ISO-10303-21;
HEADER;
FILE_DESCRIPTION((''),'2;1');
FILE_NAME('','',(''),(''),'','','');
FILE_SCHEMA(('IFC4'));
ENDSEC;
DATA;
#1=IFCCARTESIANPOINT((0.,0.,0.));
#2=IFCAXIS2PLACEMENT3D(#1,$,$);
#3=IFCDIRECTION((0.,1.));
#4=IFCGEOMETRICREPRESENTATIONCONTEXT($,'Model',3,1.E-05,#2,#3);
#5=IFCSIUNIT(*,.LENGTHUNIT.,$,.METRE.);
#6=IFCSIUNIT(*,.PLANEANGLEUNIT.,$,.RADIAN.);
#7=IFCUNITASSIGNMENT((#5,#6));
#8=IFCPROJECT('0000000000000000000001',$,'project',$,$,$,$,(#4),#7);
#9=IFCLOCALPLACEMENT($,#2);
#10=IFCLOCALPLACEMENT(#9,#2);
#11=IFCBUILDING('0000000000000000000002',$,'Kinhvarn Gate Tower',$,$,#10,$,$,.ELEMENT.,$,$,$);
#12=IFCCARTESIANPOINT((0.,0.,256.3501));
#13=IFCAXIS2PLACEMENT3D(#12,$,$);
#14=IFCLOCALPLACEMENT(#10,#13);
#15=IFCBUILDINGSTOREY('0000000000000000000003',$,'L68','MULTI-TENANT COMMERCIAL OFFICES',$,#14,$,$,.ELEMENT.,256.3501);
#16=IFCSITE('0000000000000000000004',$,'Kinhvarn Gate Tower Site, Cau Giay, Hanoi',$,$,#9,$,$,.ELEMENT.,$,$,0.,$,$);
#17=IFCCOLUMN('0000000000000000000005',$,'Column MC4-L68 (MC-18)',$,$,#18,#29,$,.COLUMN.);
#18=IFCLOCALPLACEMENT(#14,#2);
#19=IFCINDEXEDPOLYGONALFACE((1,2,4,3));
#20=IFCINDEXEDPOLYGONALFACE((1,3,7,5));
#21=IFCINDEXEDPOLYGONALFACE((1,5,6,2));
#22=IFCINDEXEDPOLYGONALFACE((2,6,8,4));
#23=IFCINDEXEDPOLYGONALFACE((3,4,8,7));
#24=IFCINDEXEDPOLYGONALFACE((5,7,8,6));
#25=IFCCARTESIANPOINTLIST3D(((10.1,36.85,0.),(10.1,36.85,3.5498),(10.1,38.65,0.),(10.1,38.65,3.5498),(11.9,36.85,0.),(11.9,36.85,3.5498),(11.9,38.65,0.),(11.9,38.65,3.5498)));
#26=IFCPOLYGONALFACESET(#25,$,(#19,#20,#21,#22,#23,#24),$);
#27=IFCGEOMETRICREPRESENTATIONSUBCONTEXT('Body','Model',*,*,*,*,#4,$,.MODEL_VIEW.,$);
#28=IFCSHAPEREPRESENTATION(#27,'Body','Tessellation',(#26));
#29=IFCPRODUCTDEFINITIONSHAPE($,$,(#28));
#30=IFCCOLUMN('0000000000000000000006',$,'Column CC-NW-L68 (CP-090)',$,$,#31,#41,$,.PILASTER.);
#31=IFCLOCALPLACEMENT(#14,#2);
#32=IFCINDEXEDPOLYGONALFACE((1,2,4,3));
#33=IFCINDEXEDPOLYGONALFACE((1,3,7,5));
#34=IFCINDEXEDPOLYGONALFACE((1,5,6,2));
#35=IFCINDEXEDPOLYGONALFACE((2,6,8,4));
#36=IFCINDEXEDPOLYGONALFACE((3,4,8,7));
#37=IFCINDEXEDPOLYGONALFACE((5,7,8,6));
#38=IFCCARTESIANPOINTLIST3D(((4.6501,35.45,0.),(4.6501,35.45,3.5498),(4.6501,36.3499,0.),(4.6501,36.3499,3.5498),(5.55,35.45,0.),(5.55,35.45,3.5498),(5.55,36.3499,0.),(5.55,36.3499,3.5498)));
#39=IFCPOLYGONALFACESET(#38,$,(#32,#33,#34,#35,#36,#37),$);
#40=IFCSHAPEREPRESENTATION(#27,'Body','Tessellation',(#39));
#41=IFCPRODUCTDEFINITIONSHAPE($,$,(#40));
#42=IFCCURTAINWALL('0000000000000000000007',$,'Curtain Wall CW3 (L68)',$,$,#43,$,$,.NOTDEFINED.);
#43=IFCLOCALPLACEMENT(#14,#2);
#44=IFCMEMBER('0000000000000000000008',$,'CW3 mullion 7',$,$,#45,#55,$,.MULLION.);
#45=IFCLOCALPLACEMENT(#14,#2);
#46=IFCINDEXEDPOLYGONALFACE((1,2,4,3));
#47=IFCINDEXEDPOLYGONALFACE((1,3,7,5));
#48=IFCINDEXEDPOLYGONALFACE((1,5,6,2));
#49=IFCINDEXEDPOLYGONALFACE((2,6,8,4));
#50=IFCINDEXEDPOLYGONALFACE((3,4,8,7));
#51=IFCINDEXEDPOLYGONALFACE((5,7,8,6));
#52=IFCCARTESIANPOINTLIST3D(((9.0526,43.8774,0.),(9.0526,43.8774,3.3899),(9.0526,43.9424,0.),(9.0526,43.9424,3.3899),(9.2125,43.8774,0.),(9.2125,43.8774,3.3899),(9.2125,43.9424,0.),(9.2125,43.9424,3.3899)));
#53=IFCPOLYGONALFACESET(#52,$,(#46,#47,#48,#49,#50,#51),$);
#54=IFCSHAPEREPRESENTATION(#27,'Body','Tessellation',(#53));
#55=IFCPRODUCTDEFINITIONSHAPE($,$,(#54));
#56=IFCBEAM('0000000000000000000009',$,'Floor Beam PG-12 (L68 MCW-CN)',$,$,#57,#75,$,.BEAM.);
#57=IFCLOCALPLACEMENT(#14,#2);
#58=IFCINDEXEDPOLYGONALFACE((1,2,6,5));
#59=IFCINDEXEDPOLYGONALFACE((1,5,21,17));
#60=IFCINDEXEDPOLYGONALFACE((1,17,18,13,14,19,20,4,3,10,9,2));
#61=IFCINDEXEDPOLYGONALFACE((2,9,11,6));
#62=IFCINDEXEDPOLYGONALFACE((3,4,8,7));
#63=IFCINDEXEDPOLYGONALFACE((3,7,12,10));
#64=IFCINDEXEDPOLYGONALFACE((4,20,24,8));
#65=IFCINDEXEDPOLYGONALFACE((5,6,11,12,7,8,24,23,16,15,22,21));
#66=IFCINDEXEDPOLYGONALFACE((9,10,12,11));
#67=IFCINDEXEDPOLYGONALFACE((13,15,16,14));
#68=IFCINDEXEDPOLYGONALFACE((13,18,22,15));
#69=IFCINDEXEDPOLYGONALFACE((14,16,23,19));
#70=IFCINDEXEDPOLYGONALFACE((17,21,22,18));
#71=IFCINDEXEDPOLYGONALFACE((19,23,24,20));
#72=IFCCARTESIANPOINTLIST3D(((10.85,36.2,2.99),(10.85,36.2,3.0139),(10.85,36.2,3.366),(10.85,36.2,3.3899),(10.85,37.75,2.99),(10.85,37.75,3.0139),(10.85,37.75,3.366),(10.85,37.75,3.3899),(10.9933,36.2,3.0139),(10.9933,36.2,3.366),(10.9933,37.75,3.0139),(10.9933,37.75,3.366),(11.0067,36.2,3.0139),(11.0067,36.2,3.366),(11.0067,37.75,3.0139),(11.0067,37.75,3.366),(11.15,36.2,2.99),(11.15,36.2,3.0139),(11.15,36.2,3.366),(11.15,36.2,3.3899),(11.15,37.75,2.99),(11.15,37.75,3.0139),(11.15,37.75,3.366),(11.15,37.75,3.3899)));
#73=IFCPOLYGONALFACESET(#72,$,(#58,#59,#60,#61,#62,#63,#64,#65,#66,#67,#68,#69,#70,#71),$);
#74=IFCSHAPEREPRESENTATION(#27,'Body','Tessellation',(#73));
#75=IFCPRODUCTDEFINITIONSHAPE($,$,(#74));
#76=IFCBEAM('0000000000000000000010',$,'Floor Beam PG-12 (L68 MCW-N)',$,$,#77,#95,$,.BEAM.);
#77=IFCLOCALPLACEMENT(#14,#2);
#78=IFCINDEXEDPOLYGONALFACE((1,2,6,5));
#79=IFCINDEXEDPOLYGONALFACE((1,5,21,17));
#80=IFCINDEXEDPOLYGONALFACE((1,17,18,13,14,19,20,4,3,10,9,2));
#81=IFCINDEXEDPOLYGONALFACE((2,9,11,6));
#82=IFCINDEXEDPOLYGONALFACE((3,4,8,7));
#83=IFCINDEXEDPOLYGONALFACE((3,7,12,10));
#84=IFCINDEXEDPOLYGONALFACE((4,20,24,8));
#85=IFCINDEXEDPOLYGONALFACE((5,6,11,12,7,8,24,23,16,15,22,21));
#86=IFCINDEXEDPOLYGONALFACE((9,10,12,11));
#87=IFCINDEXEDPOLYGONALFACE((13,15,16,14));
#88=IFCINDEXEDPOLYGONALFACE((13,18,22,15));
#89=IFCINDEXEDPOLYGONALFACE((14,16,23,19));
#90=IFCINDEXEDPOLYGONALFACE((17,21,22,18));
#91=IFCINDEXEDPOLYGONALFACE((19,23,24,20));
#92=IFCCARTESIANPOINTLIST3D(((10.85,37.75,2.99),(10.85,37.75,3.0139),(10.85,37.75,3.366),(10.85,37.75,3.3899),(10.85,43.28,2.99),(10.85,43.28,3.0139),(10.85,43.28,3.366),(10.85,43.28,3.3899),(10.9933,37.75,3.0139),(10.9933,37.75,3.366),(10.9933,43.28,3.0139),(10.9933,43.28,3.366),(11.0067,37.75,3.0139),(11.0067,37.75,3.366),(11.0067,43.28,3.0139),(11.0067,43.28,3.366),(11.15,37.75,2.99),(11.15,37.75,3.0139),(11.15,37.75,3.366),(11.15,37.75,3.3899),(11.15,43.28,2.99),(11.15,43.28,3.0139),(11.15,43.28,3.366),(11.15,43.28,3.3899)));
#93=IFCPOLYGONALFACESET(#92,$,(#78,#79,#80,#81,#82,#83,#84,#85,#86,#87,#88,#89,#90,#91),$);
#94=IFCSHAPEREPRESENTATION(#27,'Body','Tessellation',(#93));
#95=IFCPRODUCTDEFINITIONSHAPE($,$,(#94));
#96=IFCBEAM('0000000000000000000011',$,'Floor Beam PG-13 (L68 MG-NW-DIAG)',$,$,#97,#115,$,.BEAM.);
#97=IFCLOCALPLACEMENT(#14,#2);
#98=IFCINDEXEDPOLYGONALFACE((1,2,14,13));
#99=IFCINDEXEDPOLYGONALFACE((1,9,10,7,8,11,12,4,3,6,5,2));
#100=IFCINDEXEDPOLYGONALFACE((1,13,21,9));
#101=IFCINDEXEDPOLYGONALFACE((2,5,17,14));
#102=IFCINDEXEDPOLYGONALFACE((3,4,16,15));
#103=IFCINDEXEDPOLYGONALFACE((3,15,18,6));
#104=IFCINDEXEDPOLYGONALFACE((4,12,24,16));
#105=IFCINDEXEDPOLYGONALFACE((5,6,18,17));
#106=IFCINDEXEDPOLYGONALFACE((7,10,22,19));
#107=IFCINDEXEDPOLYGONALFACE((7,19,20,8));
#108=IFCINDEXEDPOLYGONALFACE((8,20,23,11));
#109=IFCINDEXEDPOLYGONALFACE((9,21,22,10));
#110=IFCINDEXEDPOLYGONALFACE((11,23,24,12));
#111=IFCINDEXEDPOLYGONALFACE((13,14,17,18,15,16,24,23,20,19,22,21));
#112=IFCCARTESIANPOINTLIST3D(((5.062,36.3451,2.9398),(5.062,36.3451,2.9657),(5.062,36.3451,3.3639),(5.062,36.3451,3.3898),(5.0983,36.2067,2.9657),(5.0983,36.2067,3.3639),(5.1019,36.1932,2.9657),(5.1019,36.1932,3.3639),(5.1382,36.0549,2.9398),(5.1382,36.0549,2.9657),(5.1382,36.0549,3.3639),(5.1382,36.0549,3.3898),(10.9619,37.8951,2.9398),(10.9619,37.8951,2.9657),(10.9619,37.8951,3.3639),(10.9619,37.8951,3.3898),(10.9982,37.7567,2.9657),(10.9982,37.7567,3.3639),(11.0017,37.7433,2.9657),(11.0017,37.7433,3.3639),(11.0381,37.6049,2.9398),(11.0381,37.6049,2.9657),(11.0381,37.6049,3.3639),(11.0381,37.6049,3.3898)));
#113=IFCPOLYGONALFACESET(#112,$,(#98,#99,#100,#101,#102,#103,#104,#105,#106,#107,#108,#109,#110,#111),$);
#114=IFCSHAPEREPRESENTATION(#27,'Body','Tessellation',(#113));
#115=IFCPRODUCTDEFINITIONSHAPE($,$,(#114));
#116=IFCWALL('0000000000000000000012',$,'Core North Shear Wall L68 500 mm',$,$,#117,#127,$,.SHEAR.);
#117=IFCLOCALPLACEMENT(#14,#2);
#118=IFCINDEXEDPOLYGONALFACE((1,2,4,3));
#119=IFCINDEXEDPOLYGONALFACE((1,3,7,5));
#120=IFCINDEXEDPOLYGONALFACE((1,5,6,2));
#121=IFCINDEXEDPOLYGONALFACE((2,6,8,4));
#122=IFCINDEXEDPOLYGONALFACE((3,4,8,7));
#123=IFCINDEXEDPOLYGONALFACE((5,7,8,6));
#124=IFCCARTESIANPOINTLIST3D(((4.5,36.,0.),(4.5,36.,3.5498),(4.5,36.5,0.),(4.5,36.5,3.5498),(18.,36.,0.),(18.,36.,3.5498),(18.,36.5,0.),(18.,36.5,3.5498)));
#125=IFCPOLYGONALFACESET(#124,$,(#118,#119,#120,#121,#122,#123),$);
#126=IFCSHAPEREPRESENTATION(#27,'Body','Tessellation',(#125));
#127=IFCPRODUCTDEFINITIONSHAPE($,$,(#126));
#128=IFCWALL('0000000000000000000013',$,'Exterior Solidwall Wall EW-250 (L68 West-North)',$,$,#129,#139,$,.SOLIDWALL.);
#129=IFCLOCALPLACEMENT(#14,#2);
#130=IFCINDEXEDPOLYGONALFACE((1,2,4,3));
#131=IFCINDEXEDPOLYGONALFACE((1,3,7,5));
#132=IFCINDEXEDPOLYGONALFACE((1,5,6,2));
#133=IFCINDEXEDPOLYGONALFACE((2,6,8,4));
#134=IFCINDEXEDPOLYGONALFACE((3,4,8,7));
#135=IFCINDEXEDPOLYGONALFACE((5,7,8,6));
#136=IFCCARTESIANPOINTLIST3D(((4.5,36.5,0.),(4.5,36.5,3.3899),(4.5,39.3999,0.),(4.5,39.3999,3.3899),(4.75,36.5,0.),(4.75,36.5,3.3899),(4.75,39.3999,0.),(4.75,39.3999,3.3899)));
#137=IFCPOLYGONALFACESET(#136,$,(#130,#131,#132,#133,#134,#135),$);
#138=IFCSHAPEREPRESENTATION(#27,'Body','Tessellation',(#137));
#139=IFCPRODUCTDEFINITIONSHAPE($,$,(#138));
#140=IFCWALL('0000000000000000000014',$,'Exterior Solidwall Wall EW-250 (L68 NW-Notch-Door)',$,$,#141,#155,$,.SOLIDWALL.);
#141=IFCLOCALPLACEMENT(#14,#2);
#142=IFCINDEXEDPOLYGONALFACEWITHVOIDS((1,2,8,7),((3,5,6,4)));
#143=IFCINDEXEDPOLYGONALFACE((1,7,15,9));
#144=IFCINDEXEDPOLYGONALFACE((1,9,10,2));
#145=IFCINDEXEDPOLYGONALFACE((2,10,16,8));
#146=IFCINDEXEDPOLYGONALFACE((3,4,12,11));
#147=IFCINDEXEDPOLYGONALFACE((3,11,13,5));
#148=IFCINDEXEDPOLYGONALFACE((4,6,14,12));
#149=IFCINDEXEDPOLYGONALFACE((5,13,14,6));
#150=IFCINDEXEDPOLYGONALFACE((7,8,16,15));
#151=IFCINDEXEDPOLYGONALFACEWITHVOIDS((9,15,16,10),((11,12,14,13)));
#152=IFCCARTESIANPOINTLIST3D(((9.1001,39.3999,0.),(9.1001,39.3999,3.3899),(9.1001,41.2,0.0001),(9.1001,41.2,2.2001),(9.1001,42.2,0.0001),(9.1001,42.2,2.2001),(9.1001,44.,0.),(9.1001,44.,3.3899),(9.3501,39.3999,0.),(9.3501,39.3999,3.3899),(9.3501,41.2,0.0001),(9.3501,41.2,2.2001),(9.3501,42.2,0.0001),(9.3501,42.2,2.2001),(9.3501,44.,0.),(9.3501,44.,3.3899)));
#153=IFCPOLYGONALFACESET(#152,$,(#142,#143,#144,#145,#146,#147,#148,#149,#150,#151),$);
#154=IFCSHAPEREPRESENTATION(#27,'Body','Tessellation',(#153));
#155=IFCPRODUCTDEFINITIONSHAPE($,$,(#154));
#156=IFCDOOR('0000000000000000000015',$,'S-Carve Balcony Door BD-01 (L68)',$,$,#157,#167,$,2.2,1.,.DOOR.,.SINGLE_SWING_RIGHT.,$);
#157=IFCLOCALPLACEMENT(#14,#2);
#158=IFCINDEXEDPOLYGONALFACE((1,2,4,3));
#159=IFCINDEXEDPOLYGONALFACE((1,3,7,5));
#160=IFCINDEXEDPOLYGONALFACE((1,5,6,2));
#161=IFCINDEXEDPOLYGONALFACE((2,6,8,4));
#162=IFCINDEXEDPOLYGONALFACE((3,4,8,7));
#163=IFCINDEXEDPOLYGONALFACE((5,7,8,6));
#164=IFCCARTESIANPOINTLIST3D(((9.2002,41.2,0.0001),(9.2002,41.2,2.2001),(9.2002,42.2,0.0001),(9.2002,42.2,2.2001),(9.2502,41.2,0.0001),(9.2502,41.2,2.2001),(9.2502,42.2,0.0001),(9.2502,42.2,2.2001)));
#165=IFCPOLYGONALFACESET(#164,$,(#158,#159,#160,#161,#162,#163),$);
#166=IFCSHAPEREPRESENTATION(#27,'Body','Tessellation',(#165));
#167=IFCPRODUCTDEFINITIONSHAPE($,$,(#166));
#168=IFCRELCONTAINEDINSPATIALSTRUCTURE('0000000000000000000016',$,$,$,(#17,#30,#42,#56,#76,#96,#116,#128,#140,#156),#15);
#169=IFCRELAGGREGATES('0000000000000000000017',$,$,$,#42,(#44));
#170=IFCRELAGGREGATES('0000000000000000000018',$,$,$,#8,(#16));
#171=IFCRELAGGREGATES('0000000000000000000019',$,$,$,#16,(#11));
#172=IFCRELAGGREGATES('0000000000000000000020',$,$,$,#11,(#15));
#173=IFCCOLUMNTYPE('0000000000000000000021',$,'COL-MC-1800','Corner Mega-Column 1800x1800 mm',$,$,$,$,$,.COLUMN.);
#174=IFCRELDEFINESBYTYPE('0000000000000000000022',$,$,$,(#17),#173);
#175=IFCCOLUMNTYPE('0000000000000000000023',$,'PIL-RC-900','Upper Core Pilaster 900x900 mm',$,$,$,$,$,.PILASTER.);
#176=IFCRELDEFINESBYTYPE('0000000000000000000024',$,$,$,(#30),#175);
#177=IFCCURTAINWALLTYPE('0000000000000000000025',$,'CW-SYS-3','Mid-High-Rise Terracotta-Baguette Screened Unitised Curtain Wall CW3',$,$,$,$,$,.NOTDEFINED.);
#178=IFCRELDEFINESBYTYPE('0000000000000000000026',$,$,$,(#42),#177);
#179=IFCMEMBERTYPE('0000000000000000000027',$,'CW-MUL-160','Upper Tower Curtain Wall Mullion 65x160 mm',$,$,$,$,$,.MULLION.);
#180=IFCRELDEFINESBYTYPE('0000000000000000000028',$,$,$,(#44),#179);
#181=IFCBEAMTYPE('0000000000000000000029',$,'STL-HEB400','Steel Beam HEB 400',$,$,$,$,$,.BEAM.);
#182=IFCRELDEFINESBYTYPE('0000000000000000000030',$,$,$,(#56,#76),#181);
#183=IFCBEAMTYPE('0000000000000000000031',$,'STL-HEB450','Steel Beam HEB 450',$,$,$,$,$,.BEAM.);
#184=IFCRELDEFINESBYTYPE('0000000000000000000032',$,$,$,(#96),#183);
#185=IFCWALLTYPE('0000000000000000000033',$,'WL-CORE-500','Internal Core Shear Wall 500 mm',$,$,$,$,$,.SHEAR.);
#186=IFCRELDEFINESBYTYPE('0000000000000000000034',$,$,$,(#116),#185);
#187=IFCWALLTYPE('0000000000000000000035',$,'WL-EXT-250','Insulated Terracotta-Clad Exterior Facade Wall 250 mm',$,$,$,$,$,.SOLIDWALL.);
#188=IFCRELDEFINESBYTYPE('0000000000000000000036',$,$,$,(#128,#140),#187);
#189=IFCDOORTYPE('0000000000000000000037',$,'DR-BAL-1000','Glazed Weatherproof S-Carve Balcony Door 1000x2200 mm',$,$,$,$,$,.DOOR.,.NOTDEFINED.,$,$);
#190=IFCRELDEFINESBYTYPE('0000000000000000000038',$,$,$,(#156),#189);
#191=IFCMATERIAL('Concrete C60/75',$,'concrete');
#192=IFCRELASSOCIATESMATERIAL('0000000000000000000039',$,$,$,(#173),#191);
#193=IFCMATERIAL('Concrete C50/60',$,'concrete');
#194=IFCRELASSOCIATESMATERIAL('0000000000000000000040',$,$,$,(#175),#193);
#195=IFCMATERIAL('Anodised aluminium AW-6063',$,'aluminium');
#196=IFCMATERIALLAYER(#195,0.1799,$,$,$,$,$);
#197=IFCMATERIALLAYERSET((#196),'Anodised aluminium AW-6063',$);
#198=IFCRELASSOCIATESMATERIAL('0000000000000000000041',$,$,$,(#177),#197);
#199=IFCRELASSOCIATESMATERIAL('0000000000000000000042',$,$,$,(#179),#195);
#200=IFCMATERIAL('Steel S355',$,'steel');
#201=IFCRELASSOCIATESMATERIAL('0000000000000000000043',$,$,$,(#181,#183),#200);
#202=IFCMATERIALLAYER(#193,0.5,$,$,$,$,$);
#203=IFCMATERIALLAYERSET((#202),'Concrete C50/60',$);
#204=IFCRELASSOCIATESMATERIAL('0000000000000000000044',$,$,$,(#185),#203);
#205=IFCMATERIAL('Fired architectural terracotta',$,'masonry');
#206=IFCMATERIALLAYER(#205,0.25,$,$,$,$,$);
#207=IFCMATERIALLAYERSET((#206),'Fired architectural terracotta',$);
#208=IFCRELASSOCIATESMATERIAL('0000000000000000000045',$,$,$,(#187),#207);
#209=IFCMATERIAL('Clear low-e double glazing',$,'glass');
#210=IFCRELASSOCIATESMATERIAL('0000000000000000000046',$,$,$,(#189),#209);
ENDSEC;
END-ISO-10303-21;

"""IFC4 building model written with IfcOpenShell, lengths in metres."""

from ifc_helpers import new_model, si_unit, direction, frame, frame_2d, origin, origin_2d, place, context, subcontext, project, spatial, rectangle, i_section, extrude, material, layer, layer_set, material_profile, profile_set, type_object, element, fill, aggregate, save


model = new_model("IFC4")

# Units and contexts
model_context = context("Model", 3, precision=1e-05, world=origin(), true_north=direction((0.0, 1.0)))
body_context = subcontext(model_context, "Body", "Model", "MODEL_VIEW")
ifc_project = project(units=[si_unit("LENGTHUNIT", "METRE"), si_unit("PLANEANGLEUNIT", "RADIAN")], contexts=[model_context])

# Site, building, storey
site_placement = place(None, origin())
site = spatial("IfcSite", under=ifc_project, at=site_placement, Name="Kinhvarn Gate Tower Site, Cau Giay, Hanoi", CompositionType="ELEMENT", RefElevation=0.0)
building_placement = place(site_placement, origin())
building = spatial("IfcBuilding", under=site, at=building_placement, Name="Kinhvarn Gate Tower", CompositionType="ELEMENT")
storey_placement = place(building_placement, frame((0.0, 0.0, 256.3501)))
storey = spatial("IfcBuildingStorey", under=building, at=storey_placement, Name="L68", Description="MULTI-TENANT COMMERCIAL OFFICES", CompositionType="ELEMENT", Elevation=256.3501)

# Columns
ifc_material_1 = material(Name="Concrete C60/75", Category="concrete")
ifc_material_profile_1 = material_profile(ifc_material_1, rectangle(XDim=1.8, YDim=1.8, at=origin_2d()), Name="RC 1800x1800")
ifc_profile_set_1 = profile_set([ifc_material_profile_1], Name="Concrete C60/75")
column_type_1 = type_object("IfcColumnType", Name="COL-MC-1800", Description="Corner Mega-Column 1800x1800 mm", PredefinedType="COLUMN", material=ifc_profile_set_1)
column_1_placement = place(storey_placement, frame((11.0, 37.75, 0.0), z_axis=(0.0, 0.0, 1.0), x_axis=(1.0, 0.0, 0.0)))
element("IfcColumn", 1, at=column_1_placement, inside=storey, type_object=column_type_1, Name="Column MC4-L68 (MC-18)", PredefinedType="COLUMN", context=body_context, shape_type="SweptSolid", body=[
    extrude(rectangle(XDim=1.8, YDim=1.8, at=origin_2d()), origin(), (0.0, 0.0, 1.0), 3.5498),
])
ifc_material_2 = material(Name="Concrete C50/60", Category="concrete")
ifc_material_profile_2 = material_profile(ifc_material_2, rectangle(XDim=0.8999, YDim=0.8999, at=origin_2d()), Name="RC 900x900")
ifc_profile_set_2 = profile_set([ifc_material_profile_2], Name="Concrete C50/60")
column_type_2 = type_object("IfcColumnType", Name="PIL-RC-900", Description="Upper Core Pilaster 900x900 mm", PredefinedType="PILASTER", material=ifc_profile_set_2)
column_2_placement = place(storey_placement, frame((5.1001, 35.8999, 0.0), z_axis=(0.0, 0.0, 1.0), x_axis=(1.0, 0.0, 0.0)))
element("IfcColumn", 2, at=column_2_placement, inside=storey, type_object=column_type_2, Name="Column CC-NW-L68 (CP-090)", PredefinedType="PILASTER", context=body_context, shape_type="SweptSolid", body=[
    extrude(rectangle(XDim=0.8999, YDim=0.8999, at=origin_2d()), origin(), (0.0, 0.0, 1.0), 3.5498),
])

# Curtain wall, member
ifc_material_3 = material(Name="Anodised aluminium AW-6063", Category="aluminium")
ifc_layer_1 = layer(ifc_material_3, 0.1799)
ifc_layer_set_1 = layer_set([ifc_layer_1], Name="Anodised aluminium AW-6063")
curtain_wall_type = type_object("IfcCurtainWallType", Name="CW-SYS-3", Description="Mid-High-Rise Terracotta-Baguette Screened Unitised Curtain Wall CW3", PredefinedType="NOTDEFINED", material=ifc_layer_set_1)
curtain_wall_placement = place(storey_placement, origin())
curtain_wall = element("IfcCurtainWall", 3, at=curtain_wall_placement, inside=storey, type_object=curtain_wall_type, Name="Curtain Wall CW3 (L68)", PredefinedType="NOTDEFINED")
ifc_material_profile_3 = material_profile(ifc_material_3, rectangle(XDim=0.0649, YDim=0.1599, at=origin_2d()), Name="ALU 65x160")
ifc_profile_set_3 = profile_set([ifc_material_profile_3], Name="Anodised aluminium AW-6063")
member_type = type_object("IfcMemberType", Name="CW-MUL-160", Description="Upper Tower Curtain Wall Mullion 65x160 mm", PredefinedType="MULLION", material=ifc_profile_set_3)
member_placement = place(storey_placement, frame((9.1326, 43.9099, 0.0), z_axis=(0.0, 0.0, 1.0), x_axis=(0.0, -1.0, 0.0)))
member = element("IfcMember", 4, at=member_placement, type_object=member_type, Name="CW3 mullion 7", PredefinedType="MULLION", context=body_context, shape_type="SweptSolid", body=[
    extrude(rectangle(XDim=0.0649, YDim=0.1599, at=origin_2d()), origin(), (0.0, 0.0, 1.0), 3.3899),
])
aggregate(curtain_wall, [member])

# Beams
ifc_material_4 = material(Name="Steel S355", Category="steel")
ifc_material_profile_4 = material_profile(ifc_material_4, i_section(OverallWidth=0.3, OverallDepth=0.3999, WebThickness=0.0134, FlangeThickness=0.0239, at=origin_2d()), Name="HEB 400")
ifc_profile_set_4 = profile_set([ifc_material_profile_4], Name="Steel S355")
beam_type_1 = type_object("IfcBeamType", Name="STL-HEB400", Description="Steel Beam HEB 400", PredefinedType="BEAM", material=ifc_profile_set_4)
beam_1_placement = place(storey_placement, frame((11.0, 36.2, 3.1899), z_axis=(0.0, 1.0, 0.0), x_axis=(-1.0, 0.0, 0.0)))
element("IfcBeam", 5, at=beam_1_placement, inside=storey, type_object=beam_type_1, Name="Floor Beam PG-12 (L68 MCW-CN)", PredefinedType="BEAM", context=body_context, shape_type="SweptSolid", body=[
    extrude(i_section(OverallWidth=0.3, OverallDepth=0.3999, WebThickness=0.0134, FlangeThickness=0.0239, at=origin_2d()), origin(), (0.0, 0.0, 1.0), 1.55),
])
beam_2_placement = place(storey_placement, frame((11.0, 37.75, 3.1899), z_axis=(0.0, 1.0, 0.0), x_axis=(-1.0, 0.0, 0.0)))
element("IfcBeam", 6, at=beam_2_placement, inside=storey, type_object=beam_type_1, Name="Floor Beam PG-12 (L68 MCW-N)", PredefinedType="BEAM", context=body_context, shape_type="SweptSolid", body=[
    extrude(i_section(OverallWidth=0.3, OverallDepth=0.3999, WebThickness=0.0134, FlangeThickness=0.0239, at=origin_2d()), origin(), (0.0, 0.0, 1.0), 5.53),
])
ifc_material_profile_5 = material_profile(ifc_material_4, i_section(OverallWidth=0.3, OverallDepth=0.45, WebThickness=0.0139, FlangeThickness=0.0259, at=origin_2d()), Name="HEB 450")
ifc_profile_set_5 = profile_set([ifc_material_profile_5], Name="Steel S355")
beam_type_2 = type_object("IfcBeamType", Name="STL-HEB450", Description="Steel Beam HEB 450", PredefinedType="BEAM", material=ifc_profile_set_5)
beam_3_placement = place(storey_placement, frame((5.1001, 36.2, 3.1648), z_axis=(0.967178, 0.254101, 0.0), x_axis=(-0.254101, 0.967178, 0.0)))
element("IfcBeam", 7, at=beam_3_placement, inside=storey, type_object=beam_type_2, Name="Floor Beam PG-13 (L68 MG-NW-DIAG)", PredefinedType="BEAM", context=body_context, shape_type="SweptSolid", body=[
    extrude(i_section(OverallWidth=0.3, OverallDepth=0.45, WebThickness=0.0139, FlangeThickness=0.0259, at=origin_2d()), origin(), (0.0, 0.0, 1.0), 6.1001),
])

# Walls
ifc_layer_2 = layer(ifc_material_2, 0.5)
ifc_layer_set_2 = layer_set([ifc_layer_2], Name="Concrete C50/60")
wall_type_1 = type_object("IfcWallType", Name="WL-CORE-500", Description="Internal Core Shear Wall 500 mm", PredefinedType="SHEAR", material=ifc_layer_set_2)
wall_1_placement = place(storey_placement, frame((4.5, 36.25, 0.0), z_axis=(0.0, 0.0, 1.0), x_axis=(1.0, 0.0, 0.0)))
element("IfcWall", 8, at=wall_1_placement, inside=storey, type_object=wall_type_1, Name="Core North Shear Wall L68 500 mm", PredefinedType="SHEAR", context=body_context, shape_type="SweptSolid", body=[
    extrude(rectangle(XDim=13.5, YDim=0.5, at=frame_2d((6.75, 0.0))), origin(), (0.0, 0.0, 1.0), 3.5498),
])
ifc_material_5 = material(Name="Fired architectural terracotta", Category="masonry")
ifc_layer_3 = layer(ifc_material_5, 0.25)
ifc_layer_set_3 = layer_set([ifc_layer_3], Name="Fired architectural terracotta")
wall_type_2 = type_object("IfcWallType", Name="WL-EXT-250", Description="Insulated Terracotta-Clad Exterior Facade Wall 250 mm", PredefinedType="SOLIDWALL", material=ifc_layer_set_3)
wall_2_placement = place(storey_placement, frame((4.625, 39.3999, 0.0), z_axis=(0.0, 0.0, 1.0), x_axis=(0.0, -1.0, 0.0)))
element("IfcWall", 9, at=wall_2_placement, inside=storey, type_object=wall_type_2, Name="Exterior Solidwall Wall EW-250 (L68 West-North)", PredefinedType="SOLIDWALL", context=body_context, shape_type="SweptSolid", body=[
    extrude(rectangle(XDim=2.8999, YDim=0.25, at=frame_2d((1.45, 0.0))), origin(), (0.0, 0.0, 1.0), 3.3899),
])

# Wall, opening, door
wall_3_placement = place(storey_placement, frame((9.2251, 44.0, 0.0), z_axis=(0.0, 0.0, 1.0), x_axis=(0.0, -1.0, 0.0)))
wall_3 = element("IfcWall", 10, at=wall_3_placement, inside=storey, type_object=wall_type_2, Name="Exterior Solidwall Wall EW-250 (L68 NW-Notch-Door)", PredefinedType="SOLIDWALL", context=body_context, shape_type="SweptSolid", body=[
    extrude(rectangle(XDim=4.6001, YDim=0.25, at=frame_2d((2.3, 0.0))), origin(), (0.0, 0.0, 1.0), 3.3899),
])
opening_1_placement = place(wall_3_placement, frame((1.8, 0.0, 0.0)))
opening_1 = element("IfcOpeningElement", 11, at=opening_1_placement, cuts=wall_3, PredefinedType="OPENING", context=body_context, shape_type="SweptSolid", body=[
    extrude(rectangle(XDim=1.0, YDim=2.2, at=frame_2d((0.5, 1.1001))), frame((0.0, 0.135, 0.0), z_axis=(0.0, -1.0, 0.0), x_axis=(1.0, 0.0, 0.0)), (0.0, 0.0, 1.0), 0.27),
])
ifc_material_6 = material(Name="Clear low-e double glazing", Category="glass")
door_type = type_object("IfcDoorType", Name="DR-BAL-1000", Description="Glazed Weatherproof S-Carve Balcony Door 1000x2200 mm", OperationType="NOTDEFINED", PredefinedType="DOOR", material=ifc_material_6)
door_placement = place(opening_1_placement, frame((1.0, 0.0, 0.0), z_axis=(0.0, 0.0, 1.0), x_axis=(-1.0, 0.0, 0.0)))
door = element("IfcDoor", 12, at=door_placement, inside=storey, type_object=door_type, Name="S-Carve Balcony Door BD-01 (L68)", OperationType="SINGLE_SWING_RIGHT", OverallHeight=2.2, OverallWidth=1.0, PredefinedType="DOOR", context=body_context, shape_type="SweptSolid", body=[
    extrude(rectangle(XDim=1.0, YDim=2.2, at=frame_2d((0.5, 1.1001))), frame((0.0, 0.0249, 0.0), z_axis=(0.0, -1.0, 0.0), x_axis=(1.0, 0.0, 0.0)), (0.0, 0.0, 1.0), 0.05),
])
fill(opening_1, door)

save(model, "model.ifc")
